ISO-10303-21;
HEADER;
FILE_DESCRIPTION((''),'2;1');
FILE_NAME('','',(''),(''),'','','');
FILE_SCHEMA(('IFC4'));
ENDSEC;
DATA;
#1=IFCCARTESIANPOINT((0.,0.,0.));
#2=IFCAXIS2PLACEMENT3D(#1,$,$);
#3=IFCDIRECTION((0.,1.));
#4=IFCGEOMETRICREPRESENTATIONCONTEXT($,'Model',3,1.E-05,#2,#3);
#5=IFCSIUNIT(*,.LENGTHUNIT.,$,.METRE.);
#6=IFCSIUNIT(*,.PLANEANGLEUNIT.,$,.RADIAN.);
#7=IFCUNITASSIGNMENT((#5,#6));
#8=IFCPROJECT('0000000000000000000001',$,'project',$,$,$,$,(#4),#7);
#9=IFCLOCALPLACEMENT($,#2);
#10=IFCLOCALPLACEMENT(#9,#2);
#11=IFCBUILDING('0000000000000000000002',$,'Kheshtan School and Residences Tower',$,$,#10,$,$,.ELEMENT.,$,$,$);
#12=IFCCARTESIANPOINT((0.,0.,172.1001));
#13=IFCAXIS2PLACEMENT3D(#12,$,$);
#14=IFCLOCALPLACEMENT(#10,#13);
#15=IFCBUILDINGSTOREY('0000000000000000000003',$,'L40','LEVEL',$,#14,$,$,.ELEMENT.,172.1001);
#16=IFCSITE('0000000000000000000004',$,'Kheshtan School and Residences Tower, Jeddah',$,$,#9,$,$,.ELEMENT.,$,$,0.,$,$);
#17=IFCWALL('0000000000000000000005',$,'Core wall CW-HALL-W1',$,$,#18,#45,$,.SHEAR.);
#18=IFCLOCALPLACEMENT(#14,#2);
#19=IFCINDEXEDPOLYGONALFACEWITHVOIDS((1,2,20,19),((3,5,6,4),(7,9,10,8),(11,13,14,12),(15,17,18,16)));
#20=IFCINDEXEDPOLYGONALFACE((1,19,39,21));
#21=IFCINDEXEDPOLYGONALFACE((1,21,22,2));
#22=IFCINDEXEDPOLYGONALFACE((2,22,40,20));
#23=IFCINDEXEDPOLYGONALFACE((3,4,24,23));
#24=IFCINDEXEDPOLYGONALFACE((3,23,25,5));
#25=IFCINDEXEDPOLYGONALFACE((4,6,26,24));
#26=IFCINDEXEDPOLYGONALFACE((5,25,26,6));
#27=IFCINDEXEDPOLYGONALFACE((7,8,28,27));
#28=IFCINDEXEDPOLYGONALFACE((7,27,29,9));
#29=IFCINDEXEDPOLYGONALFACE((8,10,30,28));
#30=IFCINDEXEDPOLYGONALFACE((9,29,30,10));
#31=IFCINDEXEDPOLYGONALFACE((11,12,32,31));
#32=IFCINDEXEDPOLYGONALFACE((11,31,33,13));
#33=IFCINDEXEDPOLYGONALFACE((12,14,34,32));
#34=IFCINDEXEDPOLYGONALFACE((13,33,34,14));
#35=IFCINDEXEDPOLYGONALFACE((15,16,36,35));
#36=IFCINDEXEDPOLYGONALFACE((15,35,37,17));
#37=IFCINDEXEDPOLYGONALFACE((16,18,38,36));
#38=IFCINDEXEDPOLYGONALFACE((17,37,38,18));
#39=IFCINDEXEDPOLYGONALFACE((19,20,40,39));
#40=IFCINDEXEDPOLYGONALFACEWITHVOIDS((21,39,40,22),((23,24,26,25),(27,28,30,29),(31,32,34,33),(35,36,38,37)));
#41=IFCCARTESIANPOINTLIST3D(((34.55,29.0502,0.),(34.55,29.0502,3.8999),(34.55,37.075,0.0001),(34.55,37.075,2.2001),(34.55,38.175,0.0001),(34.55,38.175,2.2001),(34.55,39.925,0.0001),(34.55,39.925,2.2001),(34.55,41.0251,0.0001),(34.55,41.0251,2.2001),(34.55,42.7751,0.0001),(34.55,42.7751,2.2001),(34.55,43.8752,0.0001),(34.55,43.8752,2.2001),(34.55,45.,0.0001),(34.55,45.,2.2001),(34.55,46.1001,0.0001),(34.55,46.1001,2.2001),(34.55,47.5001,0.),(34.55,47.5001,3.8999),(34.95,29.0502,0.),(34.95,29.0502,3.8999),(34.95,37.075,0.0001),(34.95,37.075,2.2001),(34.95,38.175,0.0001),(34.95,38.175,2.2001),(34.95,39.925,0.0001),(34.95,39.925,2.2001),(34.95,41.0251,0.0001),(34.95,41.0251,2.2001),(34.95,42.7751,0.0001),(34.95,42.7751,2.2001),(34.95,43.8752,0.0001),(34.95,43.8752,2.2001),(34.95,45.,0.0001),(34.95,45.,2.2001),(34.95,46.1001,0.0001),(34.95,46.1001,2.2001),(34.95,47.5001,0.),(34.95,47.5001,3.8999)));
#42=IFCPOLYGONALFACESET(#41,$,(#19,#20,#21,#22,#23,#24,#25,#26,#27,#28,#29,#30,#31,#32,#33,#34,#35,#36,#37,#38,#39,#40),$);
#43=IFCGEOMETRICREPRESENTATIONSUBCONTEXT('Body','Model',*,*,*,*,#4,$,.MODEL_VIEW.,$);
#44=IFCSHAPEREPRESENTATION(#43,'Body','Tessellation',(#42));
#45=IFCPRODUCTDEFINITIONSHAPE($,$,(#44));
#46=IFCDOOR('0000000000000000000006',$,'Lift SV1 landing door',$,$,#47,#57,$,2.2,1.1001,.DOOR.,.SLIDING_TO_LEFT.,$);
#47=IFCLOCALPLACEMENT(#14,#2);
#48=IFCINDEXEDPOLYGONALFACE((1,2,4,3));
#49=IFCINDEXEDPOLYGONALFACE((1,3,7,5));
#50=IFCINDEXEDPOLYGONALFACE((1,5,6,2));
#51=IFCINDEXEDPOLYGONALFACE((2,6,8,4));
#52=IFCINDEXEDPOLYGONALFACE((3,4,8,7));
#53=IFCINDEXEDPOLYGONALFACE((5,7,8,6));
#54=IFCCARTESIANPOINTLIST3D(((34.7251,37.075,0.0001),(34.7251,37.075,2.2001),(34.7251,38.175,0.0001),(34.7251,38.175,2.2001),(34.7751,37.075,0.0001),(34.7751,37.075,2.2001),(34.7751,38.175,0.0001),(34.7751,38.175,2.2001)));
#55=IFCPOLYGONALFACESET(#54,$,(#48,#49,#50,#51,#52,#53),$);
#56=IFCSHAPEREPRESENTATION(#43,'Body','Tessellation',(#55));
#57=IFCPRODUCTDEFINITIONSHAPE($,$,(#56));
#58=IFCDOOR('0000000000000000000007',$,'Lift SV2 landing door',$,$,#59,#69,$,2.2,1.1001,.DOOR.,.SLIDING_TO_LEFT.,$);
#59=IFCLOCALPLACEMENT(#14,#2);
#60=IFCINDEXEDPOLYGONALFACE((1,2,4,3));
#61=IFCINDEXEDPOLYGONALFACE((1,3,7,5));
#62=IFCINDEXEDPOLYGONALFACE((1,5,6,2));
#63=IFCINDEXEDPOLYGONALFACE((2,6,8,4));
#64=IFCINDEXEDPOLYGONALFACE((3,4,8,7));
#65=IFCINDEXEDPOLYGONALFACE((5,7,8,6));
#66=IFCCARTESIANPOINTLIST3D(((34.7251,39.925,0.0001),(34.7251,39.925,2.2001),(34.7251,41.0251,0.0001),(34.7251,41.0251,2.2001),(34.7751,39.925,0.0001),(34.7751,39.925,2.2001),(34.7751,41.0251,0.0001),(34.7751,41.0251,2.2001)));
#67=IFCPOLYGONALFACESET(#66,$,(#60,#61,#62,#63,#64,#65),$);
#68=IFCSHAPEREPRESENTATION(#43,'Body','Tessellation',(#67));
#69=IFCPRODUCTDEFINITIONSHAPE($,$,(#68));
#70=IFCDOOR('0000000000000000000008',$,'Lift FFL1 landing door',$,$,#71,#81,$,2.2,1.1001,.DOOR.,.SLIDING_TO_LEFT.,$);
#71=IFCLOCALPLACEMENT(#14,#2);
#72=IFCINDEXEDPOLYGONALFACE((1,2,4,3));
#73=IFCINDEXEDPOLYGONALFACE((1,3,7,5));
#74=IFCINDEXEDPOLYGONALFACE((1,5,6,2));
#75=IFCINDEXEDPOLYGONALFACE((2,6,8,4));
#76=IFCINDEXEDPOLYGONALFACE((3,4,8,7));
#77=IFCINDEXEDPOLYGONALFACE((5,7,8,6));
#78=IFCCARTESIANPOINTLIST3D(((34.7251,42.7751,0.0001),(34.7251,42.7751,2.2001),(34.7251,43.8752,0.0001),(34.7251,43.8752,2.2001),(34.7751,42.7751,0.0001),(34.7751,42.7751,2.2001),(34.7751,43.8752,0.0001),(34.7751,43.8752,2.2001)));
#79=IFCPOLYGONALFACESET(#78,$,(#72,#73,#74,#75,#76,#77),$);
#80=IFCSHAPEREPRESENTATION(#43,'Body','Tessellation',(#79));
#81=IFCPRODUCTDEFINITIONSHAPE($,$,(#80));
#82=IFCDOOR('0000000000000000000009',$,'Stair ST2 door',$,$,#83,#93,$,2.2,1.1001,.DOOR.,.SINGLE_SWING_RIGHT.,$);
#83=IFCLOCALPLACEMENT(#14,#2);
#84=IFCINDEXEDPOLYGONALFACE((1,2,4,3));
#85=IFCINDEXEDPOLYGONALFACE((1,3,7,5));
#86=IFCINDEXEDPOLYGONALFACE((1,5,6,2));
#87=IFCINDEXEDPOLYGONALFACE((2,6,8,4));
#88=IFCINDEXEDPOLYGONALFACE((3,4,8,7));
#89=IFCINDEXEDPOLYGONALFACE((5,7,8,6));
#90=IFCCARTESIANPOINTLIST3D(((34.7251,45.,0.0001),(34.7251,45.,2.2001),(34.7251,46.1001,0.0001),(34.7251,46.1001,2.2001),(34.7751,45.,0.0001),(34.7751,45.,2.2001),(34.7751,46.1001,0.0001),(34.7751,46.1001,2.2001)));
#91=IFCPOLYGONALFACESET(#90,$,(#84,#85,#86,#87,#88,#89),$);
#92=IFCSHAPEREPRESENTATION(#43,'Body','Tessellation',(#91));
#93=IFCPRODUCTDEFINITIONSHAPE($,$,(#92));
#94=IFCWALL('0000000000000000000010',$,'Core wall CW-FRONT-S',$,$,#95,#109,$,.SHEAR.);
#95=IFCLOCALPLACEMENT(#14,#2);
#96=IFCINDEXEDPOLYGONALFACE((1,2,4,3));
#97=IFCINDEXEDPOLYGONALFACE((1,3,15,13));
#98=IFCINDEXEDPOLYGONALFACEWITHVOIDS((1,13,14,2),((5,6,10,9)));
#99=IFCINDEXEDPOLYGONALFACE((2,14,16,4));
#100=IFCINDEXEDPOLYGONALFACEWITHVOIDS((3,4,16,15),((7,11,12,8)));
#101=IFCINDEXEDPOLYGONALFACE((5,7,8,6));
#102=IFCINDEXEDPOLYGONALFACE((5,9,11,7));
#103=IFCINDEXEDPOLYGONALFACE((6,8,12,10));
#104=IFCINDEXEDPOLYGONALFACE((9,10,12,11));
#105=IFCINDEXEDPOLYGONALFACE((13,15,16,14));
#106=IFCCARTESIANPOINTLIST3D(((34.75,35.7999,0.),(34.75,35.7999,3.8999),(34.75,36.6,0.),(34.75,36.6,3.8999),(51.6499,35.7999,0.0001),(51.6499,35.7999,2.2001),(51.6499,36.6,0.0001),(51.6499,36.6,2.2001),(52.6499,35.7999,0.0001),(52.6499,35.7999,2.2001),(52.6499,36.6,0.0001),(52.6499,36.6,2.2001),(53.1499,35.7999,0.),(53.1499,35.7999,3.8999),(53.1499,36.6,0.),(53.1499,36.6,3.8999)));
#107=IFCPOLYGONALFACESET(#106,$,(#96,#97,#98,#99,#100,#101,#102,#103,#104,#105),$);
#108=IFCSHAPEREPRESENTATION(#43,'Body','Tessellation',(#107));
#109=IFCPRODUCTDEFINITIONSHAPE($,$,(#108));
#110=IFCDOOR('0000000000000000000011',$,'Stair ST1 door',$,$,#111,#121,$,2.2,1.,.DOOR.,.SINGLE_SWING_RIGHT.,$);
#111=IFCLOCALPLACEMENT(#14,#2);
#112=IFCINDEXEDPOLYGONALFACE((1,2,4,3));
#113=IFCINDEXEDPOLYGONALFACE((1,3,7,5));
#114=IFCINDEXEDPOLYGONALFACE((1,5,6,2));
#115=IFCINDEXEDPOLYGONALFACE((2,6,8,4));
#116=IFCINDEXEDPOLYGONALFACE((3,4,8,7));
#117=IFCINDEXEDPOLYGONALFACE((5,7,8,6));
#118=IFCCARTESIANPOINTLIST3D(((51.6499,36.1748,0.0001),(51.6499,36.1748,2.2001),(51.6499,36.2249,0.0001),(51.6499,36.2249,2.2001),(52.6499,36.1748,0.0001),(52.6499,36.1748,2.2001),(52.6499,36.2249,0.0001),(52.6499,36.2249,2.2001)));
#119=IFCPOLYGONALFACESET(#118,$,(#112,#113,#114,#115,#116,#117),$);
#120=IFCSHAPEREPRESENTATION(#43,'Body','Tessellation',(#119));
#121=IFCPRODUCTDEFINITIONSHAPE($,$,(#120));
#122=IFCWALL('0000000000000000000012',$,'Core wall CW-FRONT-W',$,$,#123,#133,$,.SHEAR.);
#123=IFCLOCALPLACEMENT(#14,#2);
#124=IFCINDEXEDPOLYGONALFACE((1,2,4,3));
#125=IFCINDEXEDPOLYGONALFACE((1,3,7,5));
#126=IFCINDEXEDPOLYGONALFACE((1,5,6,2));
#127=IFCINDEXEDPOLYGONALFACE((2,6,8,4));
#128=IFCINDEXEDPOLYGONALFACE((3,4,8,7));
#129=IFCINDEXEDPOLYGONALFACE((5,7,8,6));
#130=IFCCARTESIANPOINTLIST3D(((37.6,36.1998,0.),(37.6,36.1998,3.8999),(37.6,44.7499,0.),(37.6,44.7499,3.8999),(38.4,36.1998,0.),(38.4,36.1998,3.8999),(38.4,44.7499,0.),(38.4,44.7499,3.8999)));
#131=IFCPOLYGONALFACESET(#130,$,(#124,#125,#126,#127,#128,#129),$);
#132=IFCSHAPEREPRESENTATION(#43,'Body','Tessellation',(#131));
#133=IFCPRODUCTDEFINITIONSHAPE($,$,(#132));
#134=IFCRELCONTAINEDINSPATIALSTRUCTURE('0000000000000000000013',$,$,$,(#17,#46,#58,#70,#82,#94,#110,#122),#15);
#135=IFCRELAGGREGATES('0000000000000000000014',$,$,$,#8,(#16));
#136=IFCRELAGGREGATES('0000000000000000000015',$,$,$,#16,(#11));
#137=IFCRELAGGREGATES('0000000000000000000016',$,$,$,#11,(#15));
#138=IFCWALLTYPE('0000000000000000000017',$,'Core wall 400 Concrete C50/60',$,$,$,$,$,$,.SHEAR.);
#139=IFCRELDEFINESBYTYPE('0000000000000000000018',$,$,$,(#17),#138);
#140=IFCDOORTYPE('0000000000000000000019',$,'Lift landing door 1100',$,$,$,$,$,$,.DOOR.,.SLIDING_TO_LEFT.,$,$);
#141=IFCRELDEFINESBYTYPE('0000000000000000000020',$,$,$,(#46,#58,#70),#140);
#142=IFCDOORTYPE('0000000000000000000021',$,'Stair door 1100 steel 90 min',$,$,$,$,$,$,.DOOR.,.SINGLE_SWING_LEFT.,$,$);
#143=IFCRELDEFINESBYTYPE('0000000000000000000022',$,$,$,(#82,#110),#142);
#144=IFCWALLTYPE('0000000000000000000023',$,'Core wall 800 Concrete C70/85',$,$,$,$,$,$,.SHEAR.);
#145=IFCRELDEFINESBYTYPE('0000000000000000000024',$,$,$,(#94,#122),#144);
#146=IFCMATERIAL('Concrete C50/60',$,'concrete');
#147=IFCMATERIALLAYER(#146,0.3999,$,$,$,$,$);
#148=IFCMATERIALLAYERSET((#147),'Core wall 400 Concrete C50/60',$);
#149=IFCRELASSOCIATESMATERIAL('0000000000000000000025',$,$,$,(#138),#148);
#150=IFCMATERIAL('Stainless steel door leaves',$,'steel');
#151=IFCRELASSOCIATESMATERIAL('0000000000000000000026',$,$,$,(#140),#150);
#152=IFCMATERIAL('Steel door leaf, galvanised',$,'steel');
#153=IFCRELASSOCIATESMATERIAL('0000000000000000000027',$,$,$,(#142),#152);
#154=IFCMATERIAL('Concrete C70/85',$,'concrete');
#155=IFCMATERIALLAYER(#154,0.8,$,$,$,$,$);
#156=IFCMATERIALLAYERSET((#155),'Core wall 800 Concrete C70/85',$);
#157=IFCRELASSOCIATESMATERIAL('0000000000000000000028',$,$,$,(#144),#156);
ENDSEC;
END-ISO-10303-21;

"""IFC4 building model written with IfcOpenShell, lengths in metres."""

from ifc_helpers import new_model, si_unit, direction, frame, frame_2d, origin, place, context, subcontext, project, spatial, rectangle, extrude, source, transform, mapped, material, layer, layer_set, type_object, element, fill, save


model = new_model("IFC4")

# Units and contexts
model_context = context("Model", 3, precision=1e-05, world=origin(), true_north=direction((0.0, 1.0)))
body_context = subcontext(model_context, "Body", "Model", "MODEL_VIEW")
ifc_project = project(units=[si_unit("LENGTHUNIT", "METRE"), si_unit("PLANEANGLEUNIT", "RADIAN")], contexts=[model_context])

# Site, building, storey
site_placement = place(None, origin())
site = spatial("IfcSite", under=ifc_project, at=site_placement, Name="Kheshtan School and Residences Tower, Jeddah", CompositionType="ELEMENT", RefElevation=0.0)
building_placement = place(site_placement, origin())
building = spatial("IfcBuilding", under=site, at=building_placement, Name="Kheshtan School and Residences Tower", CompositionType="ELEMENT")
storey_placement = place(building_placement, frame((0.0, 0.0, 172.1001)))
storey = spatial("IfcBuildingStorey", under=building, at=storey_placement, Name="L40", Description="LEVEL", CompositionType="ELEMENT", Elevation=172.1001)

# Shared definitions
ifc_material_1 = material(Name="Concrete C50/60", Category="concrete")
ifc_layer_1 = layer(ifc_material_1, 0.3999)
ifc_layer_set_1 = layer_set([ifc_layer_1], Name="Core wall 400 Concrete C50/60")
wall_type_1 = type_object("IfcWallType", Name="Core wall 400 Concrete C50/60", PredefinedType="SHEAR", material=ifc_layer_set_1)
ifc_material_2 = material(Name="Stainless steel door leaves", Category="steel")
door_type_1 = type_object("IfcDoorType", Name="Lift landing door 1100", OperationType="SLIDING_TO_LEFT", PredefinedType="DOOR", material=ifc_material_2)
shared_shape_1 = source(origin(), body_context, "Body", "SweptSolid", [
    extrude(rectangle(XDim=1.1001, YDim=2.2, at=frame_2d((0.55, 1.1001))), frame((0.0, 0.0249, 0.0), z_axis=(0.0, -1.0, 0.0), x_axis=(1.0, 0.0, 0.0)), (0.0, 0.0, 1.0), 0.05),
])

# Wall, openings, doors
wall_1_placement = place(storey_placement, frame((34.75, 29.05, 0.0), z_axis=(0.0, 0.0, 1.0), x_axis=(0.0, 1.0, 0.0)))
wall_1 = element("IfcWall", 1, at=wall_1_placement, inside=storey, type_object=wall_type_1, Name="Core wall CW-HALL-W1", PredefinedType="SHEAR", context=body_context, shape_type="SweptSolid", body=[
    extrude(rectangle(XDim=18.45, YDim=0.3999, at=frame_2d((9.2251, 0.0))), origin(), (0.0, 0.0, 1.0), 3.8999),
])
opening_1_placement = place(wall_1_placement, frame((8.0249, 0.0, 0.0)))
opening_1 = element("IfcOpeningElement", 2, at=opening_1_placement, cuts=wall_1, PredefinedType="OPENING", context=body_context, shape_type="SweptSolid", body=[
    extrude(rectangle(XDim=1.1001, YDim=2.2, at=frame_2d((0.55, 1.1001))), frame((0.0, 0.21, 0.0), z_axis=(0.0, -1.0, 0.0), x_axis=(1.0, 0.0, 0.0)), (0.0, 0.0, 1.0), 0.4199),
])
opening_2_placement = place(wall_1_placement, frame((10.875, 0.0, 0.0)))
opening_2 = element("IfcOpeningElement", 3, at=opening_2_placement, cuts=wall_1, PredefinedType="OPENING", context=body_context, shape_type="SweptSolid", body=[
    extrude(rectangle(XDim=1.1001, YDim=2.2, at=frame_2d((0.55, 1.1001))), frame((0.0, 0.21, 0.0), z_axis=(0.0, -1.0, 0.0), x_axis=(1.0, 0.0, 0.0)), (0.0, 0.0, 1.0), 0.4199),
])
opening_3_placement = place(wall_1_placement, frame((13.7251, 0.0, 0.0)))
opening_3 = element("IfcOpeningElement", 4, at=opening_3_placement, cuts=wall_1, PredefinedType="OPENING", context=body_context, shape_type="SweptSolid", body=[
    extrude(rectangle(XDim=1.1001, YDim=2.2, at=frame_2d((0.55, 1.1001))), frame((0.0, 0.21, 0.0), z_axis=(0.0, -1.0, 0.0), x_axis=(1.0, 0.0, 0.0)), (0.0, 0.0, 1.0), 0.4199),
])
opening_4_placement = place(wall_1_placement, frame((15.95, 0.0, 0.0)))
opening_4 = element("IfcOpeningElement", 5, at=opening_4_placement, cuts=wall_1, PredefinedType="OPENING", context=body_context, shape_type="SweptSolid", body=[
    extrude(rectangle(XDim=1.1001, YDim=2.2, at=frame_2d((0.55, 1.1001))), frame((0.0, 0.21, 0.0), z_axis=(0.0, -1.0, 0.0), x_axis=(1.0, 0.0, 0.0)), (0.0, 0.0, 1.0), 0.4199),
])
door_1_placement = place(opening_1_placement, origin())
door_1 = element("IfcDoor", 6, at=door_1_placement, inside=storey, type_object=door_type_1, Name="Lift SV1 landing door", OperationType="SLIDING_TO_LEFT", OverallHeight=2.2, OverallWidth=1.1001, PredefinedType="DOOR", context=body_context, shape_type="MappedRepresentation", body=[
    mapped(shared_shape_1, transform((0.0, 0.0, 0.0), x_axis=(1.0, 0.0, 0.0), y_axis=(0.0, 1.0, 0.0), z_axis=(0.0, 0.0, 1.0), scale=1.0)),
])
fill(opening_1, door_1)
door_2_placement = place(opening_2_placement, origin())
door_2 = element("IfcDoor", 7, at=door_2_placement, inside=storey, type_object=door_type_1, Name="Lift SV2 landing door", OperationType="SLIDING_TO_LEFT", OverallHeight=2.2, OverallWidth=1.1001, PredefinedType="DOOR", context=body_context, shape_type="MappedRepresentation", body=[
    mapped(shared_shape_1, transform((0.0, 0.0, 0.0), x_axis=(1.0, 0.0, 0.0), y_axis=(0.0, 1.0, 0.0), z_axis=(0.0, 0.0, 1.0), scale=1.0)),
])
fill(opening_2, door_2)
door_3_placement = place(opening_3_placement, origin())
door_3 = element("IfcDoor", 8, at=door_3_placement, inside=storey, type_object=door_type_1, Name="Lift FFL1 landing door", OperationType="SLIDING_TO_LEFT", OverallHeight=2.2, OverallWidth=1.1001, PredefinedType="DOOR", context=body_context, shape_type="MappedRepresentation", body=[
    mapped(shared_shape_1, transform((0.0, 0.0, 0.0), x_axis=(1.0, 0.0, 0.0), y_axis=(0.0, 1.0, 0.0), z_axis=(0.0, 0.0, 1.0), scale=1.0)),
])
fill(opening_3, door_3)
ifc_material_3 = material(Name="Steel door leaf, galvanised", Category="steel")
door_type_2 = type_object("IfcDoorType", Name="Stair door 1100 steel 90 min", OperationType="SINGLE_SWING_LEFT", PredefinedType="DOOR", material=ifc_material_3)
shared_shape_2 = source(origin(), body_context, "Body", "SweptSolid", [
    extrude(rectangle(XDim=1.1001, YDim=2.2, at=frame_2d((0.55, 1.1001))), frame((0.0, 0.0249, 0.0), z_axis=(0.0, -1.0, 0.0), x_axis=(1.0, 0.0, 0.0)), (0.0, 0.0, 1.0), 0.05),
])
door_4_placement = place(opening_4_placement, origin())
door_4 = element("IfcDoor", 9, at=door_4_placement, inside=storey, type_object=door_type_2, Name="Stair ST2 door", OperationType="SINGLE_SWING_RIGHT", OverallHeight=2.2, OverallWidth=1.1001, PredefinedType="DOOR", context=body_context, shape_type="MappedRepresentation", body=[
    mapped(shared_shape_2, transform((0.0, 0.0, 0.0), x_axis=(1.0, 0.0, 0.0), y_axis=(0.0, 1.0, 0.0), z_axis=(0.0, 0.0, 1.0), scale=1.0)),
])
fill(opening_4, door_4)

# Wall, opening, door
ifc_material_4 = material(Name="Concrete C70/85", Category="concrete")
ifc_layer_2 = layer(ifc_material_4, 0.8)
ifc_layer_set_2 = layer_set([ifc_layer_2], Name="Core wall 800 Concrete C70/85")
wall_type_2 = type_object("IfcWallType", Name="Core wall 800 Concrete C70/85", PredefinedType="SHEAR", material=ifc_layer_set_2)
wall_2_placement = place(storey_placement, frame((34.75, 36.2, 0.0), z_axis=(0.0, 0.0, 1.0), x_axis=(1.0, 0.0, 0.0)))
wall_2 = element("IfcWall", 10, at=wall_2_placement, inside=storey, type_object=wall_type_2, Name="Core wall CW-FRONT-S", PredefinedType="SHEAR", context=body_context, shape_type="SweptSolid", body=[
    extrude(rectangle(XDim=18.3999, YDim=0.8, at=frame_2d((9.2, 0.0))), origin(), (0.0, 0.0, 1.0), 3.8999),
])
opening_5_placement = place(wall_2_placement, frame((16.8999, 0.0, 0.0)))
opening_5 = element("IfcOpeningElement", 11, at=opening_5_placement, cuts=wall_2, PredefinedType="OPENING", context=body_context, shape_type="SweptSolid", body=[
    extrude(rectangle(XDim=1.0, YDim=2.2, at=frame_2d((0.5, 1.1001))), frame((0.0, 0.4102, 0.0), z_axis=(0.0, -1.0, 0.0), x_axis=(1.0, 0.0, 0.0)), (0.0, 0.0, 1.0), 0.8201),
])
shared_shape_3 = source(origin(), body_context, "Body", "SweptSolid", [
    extrude(rectangle(XDim=1.0, YDim=2.2, at=frame_2d((0.5, 1.1001))), frame((0.0, 0.0249, 0.0), z_axis=(0.0, -1.0, 0.0), x_axis=(1.0, 0.0, 0.0)), (0.0, 0.0, 1.0), 0.05),
])
door_5_placement = place(opening_5_placement, origin())
door_5 = element("IfcDoor", 12, at=door_5_placement, inside=storey, type_object=door_type_2, Name="Stair ST1 door", OperationType="SINGLE_SWING_RIGHT", OverallHeight=2.2, OverallWidth=1.0, PredefinedType="DOOR", context=body_context, shape_type="MappedRepresentation", body=[
    mapped(shared_shape_3, transform((0.0, 0.0, 0.0), x_axis=(1.0, 0.0, 0.0), y_axis=(0.0, 1.0, 0.0), z_axis=(0.0, 0.0, 1.0), scale=1.0)),
])
fill(opening_5, door_5)

# Wall
wall_3_placement = place(storey_placement, frame((38.0, 36.2, 0.0), z_axis=(0.0, 0.0, 1.0), x_axis=(0.0, 1.0, 0.0)))
element("IfcWall", 13, at=wall_3_placement, inside=storey, type_object=wall_type_2, Name="Core wall CW-FRONT-W", PredefinedType="SHEAR", context=body_context, shape_type="SweptSolid", body=[
    extrude(rectangle(XDim=8.55, YDim=0.8, at=frame_2d((4.2749, 0.0))), origin(), (0.0, 0.0, 1.0), 3.8999),
])

save(model, "model.ifc")
